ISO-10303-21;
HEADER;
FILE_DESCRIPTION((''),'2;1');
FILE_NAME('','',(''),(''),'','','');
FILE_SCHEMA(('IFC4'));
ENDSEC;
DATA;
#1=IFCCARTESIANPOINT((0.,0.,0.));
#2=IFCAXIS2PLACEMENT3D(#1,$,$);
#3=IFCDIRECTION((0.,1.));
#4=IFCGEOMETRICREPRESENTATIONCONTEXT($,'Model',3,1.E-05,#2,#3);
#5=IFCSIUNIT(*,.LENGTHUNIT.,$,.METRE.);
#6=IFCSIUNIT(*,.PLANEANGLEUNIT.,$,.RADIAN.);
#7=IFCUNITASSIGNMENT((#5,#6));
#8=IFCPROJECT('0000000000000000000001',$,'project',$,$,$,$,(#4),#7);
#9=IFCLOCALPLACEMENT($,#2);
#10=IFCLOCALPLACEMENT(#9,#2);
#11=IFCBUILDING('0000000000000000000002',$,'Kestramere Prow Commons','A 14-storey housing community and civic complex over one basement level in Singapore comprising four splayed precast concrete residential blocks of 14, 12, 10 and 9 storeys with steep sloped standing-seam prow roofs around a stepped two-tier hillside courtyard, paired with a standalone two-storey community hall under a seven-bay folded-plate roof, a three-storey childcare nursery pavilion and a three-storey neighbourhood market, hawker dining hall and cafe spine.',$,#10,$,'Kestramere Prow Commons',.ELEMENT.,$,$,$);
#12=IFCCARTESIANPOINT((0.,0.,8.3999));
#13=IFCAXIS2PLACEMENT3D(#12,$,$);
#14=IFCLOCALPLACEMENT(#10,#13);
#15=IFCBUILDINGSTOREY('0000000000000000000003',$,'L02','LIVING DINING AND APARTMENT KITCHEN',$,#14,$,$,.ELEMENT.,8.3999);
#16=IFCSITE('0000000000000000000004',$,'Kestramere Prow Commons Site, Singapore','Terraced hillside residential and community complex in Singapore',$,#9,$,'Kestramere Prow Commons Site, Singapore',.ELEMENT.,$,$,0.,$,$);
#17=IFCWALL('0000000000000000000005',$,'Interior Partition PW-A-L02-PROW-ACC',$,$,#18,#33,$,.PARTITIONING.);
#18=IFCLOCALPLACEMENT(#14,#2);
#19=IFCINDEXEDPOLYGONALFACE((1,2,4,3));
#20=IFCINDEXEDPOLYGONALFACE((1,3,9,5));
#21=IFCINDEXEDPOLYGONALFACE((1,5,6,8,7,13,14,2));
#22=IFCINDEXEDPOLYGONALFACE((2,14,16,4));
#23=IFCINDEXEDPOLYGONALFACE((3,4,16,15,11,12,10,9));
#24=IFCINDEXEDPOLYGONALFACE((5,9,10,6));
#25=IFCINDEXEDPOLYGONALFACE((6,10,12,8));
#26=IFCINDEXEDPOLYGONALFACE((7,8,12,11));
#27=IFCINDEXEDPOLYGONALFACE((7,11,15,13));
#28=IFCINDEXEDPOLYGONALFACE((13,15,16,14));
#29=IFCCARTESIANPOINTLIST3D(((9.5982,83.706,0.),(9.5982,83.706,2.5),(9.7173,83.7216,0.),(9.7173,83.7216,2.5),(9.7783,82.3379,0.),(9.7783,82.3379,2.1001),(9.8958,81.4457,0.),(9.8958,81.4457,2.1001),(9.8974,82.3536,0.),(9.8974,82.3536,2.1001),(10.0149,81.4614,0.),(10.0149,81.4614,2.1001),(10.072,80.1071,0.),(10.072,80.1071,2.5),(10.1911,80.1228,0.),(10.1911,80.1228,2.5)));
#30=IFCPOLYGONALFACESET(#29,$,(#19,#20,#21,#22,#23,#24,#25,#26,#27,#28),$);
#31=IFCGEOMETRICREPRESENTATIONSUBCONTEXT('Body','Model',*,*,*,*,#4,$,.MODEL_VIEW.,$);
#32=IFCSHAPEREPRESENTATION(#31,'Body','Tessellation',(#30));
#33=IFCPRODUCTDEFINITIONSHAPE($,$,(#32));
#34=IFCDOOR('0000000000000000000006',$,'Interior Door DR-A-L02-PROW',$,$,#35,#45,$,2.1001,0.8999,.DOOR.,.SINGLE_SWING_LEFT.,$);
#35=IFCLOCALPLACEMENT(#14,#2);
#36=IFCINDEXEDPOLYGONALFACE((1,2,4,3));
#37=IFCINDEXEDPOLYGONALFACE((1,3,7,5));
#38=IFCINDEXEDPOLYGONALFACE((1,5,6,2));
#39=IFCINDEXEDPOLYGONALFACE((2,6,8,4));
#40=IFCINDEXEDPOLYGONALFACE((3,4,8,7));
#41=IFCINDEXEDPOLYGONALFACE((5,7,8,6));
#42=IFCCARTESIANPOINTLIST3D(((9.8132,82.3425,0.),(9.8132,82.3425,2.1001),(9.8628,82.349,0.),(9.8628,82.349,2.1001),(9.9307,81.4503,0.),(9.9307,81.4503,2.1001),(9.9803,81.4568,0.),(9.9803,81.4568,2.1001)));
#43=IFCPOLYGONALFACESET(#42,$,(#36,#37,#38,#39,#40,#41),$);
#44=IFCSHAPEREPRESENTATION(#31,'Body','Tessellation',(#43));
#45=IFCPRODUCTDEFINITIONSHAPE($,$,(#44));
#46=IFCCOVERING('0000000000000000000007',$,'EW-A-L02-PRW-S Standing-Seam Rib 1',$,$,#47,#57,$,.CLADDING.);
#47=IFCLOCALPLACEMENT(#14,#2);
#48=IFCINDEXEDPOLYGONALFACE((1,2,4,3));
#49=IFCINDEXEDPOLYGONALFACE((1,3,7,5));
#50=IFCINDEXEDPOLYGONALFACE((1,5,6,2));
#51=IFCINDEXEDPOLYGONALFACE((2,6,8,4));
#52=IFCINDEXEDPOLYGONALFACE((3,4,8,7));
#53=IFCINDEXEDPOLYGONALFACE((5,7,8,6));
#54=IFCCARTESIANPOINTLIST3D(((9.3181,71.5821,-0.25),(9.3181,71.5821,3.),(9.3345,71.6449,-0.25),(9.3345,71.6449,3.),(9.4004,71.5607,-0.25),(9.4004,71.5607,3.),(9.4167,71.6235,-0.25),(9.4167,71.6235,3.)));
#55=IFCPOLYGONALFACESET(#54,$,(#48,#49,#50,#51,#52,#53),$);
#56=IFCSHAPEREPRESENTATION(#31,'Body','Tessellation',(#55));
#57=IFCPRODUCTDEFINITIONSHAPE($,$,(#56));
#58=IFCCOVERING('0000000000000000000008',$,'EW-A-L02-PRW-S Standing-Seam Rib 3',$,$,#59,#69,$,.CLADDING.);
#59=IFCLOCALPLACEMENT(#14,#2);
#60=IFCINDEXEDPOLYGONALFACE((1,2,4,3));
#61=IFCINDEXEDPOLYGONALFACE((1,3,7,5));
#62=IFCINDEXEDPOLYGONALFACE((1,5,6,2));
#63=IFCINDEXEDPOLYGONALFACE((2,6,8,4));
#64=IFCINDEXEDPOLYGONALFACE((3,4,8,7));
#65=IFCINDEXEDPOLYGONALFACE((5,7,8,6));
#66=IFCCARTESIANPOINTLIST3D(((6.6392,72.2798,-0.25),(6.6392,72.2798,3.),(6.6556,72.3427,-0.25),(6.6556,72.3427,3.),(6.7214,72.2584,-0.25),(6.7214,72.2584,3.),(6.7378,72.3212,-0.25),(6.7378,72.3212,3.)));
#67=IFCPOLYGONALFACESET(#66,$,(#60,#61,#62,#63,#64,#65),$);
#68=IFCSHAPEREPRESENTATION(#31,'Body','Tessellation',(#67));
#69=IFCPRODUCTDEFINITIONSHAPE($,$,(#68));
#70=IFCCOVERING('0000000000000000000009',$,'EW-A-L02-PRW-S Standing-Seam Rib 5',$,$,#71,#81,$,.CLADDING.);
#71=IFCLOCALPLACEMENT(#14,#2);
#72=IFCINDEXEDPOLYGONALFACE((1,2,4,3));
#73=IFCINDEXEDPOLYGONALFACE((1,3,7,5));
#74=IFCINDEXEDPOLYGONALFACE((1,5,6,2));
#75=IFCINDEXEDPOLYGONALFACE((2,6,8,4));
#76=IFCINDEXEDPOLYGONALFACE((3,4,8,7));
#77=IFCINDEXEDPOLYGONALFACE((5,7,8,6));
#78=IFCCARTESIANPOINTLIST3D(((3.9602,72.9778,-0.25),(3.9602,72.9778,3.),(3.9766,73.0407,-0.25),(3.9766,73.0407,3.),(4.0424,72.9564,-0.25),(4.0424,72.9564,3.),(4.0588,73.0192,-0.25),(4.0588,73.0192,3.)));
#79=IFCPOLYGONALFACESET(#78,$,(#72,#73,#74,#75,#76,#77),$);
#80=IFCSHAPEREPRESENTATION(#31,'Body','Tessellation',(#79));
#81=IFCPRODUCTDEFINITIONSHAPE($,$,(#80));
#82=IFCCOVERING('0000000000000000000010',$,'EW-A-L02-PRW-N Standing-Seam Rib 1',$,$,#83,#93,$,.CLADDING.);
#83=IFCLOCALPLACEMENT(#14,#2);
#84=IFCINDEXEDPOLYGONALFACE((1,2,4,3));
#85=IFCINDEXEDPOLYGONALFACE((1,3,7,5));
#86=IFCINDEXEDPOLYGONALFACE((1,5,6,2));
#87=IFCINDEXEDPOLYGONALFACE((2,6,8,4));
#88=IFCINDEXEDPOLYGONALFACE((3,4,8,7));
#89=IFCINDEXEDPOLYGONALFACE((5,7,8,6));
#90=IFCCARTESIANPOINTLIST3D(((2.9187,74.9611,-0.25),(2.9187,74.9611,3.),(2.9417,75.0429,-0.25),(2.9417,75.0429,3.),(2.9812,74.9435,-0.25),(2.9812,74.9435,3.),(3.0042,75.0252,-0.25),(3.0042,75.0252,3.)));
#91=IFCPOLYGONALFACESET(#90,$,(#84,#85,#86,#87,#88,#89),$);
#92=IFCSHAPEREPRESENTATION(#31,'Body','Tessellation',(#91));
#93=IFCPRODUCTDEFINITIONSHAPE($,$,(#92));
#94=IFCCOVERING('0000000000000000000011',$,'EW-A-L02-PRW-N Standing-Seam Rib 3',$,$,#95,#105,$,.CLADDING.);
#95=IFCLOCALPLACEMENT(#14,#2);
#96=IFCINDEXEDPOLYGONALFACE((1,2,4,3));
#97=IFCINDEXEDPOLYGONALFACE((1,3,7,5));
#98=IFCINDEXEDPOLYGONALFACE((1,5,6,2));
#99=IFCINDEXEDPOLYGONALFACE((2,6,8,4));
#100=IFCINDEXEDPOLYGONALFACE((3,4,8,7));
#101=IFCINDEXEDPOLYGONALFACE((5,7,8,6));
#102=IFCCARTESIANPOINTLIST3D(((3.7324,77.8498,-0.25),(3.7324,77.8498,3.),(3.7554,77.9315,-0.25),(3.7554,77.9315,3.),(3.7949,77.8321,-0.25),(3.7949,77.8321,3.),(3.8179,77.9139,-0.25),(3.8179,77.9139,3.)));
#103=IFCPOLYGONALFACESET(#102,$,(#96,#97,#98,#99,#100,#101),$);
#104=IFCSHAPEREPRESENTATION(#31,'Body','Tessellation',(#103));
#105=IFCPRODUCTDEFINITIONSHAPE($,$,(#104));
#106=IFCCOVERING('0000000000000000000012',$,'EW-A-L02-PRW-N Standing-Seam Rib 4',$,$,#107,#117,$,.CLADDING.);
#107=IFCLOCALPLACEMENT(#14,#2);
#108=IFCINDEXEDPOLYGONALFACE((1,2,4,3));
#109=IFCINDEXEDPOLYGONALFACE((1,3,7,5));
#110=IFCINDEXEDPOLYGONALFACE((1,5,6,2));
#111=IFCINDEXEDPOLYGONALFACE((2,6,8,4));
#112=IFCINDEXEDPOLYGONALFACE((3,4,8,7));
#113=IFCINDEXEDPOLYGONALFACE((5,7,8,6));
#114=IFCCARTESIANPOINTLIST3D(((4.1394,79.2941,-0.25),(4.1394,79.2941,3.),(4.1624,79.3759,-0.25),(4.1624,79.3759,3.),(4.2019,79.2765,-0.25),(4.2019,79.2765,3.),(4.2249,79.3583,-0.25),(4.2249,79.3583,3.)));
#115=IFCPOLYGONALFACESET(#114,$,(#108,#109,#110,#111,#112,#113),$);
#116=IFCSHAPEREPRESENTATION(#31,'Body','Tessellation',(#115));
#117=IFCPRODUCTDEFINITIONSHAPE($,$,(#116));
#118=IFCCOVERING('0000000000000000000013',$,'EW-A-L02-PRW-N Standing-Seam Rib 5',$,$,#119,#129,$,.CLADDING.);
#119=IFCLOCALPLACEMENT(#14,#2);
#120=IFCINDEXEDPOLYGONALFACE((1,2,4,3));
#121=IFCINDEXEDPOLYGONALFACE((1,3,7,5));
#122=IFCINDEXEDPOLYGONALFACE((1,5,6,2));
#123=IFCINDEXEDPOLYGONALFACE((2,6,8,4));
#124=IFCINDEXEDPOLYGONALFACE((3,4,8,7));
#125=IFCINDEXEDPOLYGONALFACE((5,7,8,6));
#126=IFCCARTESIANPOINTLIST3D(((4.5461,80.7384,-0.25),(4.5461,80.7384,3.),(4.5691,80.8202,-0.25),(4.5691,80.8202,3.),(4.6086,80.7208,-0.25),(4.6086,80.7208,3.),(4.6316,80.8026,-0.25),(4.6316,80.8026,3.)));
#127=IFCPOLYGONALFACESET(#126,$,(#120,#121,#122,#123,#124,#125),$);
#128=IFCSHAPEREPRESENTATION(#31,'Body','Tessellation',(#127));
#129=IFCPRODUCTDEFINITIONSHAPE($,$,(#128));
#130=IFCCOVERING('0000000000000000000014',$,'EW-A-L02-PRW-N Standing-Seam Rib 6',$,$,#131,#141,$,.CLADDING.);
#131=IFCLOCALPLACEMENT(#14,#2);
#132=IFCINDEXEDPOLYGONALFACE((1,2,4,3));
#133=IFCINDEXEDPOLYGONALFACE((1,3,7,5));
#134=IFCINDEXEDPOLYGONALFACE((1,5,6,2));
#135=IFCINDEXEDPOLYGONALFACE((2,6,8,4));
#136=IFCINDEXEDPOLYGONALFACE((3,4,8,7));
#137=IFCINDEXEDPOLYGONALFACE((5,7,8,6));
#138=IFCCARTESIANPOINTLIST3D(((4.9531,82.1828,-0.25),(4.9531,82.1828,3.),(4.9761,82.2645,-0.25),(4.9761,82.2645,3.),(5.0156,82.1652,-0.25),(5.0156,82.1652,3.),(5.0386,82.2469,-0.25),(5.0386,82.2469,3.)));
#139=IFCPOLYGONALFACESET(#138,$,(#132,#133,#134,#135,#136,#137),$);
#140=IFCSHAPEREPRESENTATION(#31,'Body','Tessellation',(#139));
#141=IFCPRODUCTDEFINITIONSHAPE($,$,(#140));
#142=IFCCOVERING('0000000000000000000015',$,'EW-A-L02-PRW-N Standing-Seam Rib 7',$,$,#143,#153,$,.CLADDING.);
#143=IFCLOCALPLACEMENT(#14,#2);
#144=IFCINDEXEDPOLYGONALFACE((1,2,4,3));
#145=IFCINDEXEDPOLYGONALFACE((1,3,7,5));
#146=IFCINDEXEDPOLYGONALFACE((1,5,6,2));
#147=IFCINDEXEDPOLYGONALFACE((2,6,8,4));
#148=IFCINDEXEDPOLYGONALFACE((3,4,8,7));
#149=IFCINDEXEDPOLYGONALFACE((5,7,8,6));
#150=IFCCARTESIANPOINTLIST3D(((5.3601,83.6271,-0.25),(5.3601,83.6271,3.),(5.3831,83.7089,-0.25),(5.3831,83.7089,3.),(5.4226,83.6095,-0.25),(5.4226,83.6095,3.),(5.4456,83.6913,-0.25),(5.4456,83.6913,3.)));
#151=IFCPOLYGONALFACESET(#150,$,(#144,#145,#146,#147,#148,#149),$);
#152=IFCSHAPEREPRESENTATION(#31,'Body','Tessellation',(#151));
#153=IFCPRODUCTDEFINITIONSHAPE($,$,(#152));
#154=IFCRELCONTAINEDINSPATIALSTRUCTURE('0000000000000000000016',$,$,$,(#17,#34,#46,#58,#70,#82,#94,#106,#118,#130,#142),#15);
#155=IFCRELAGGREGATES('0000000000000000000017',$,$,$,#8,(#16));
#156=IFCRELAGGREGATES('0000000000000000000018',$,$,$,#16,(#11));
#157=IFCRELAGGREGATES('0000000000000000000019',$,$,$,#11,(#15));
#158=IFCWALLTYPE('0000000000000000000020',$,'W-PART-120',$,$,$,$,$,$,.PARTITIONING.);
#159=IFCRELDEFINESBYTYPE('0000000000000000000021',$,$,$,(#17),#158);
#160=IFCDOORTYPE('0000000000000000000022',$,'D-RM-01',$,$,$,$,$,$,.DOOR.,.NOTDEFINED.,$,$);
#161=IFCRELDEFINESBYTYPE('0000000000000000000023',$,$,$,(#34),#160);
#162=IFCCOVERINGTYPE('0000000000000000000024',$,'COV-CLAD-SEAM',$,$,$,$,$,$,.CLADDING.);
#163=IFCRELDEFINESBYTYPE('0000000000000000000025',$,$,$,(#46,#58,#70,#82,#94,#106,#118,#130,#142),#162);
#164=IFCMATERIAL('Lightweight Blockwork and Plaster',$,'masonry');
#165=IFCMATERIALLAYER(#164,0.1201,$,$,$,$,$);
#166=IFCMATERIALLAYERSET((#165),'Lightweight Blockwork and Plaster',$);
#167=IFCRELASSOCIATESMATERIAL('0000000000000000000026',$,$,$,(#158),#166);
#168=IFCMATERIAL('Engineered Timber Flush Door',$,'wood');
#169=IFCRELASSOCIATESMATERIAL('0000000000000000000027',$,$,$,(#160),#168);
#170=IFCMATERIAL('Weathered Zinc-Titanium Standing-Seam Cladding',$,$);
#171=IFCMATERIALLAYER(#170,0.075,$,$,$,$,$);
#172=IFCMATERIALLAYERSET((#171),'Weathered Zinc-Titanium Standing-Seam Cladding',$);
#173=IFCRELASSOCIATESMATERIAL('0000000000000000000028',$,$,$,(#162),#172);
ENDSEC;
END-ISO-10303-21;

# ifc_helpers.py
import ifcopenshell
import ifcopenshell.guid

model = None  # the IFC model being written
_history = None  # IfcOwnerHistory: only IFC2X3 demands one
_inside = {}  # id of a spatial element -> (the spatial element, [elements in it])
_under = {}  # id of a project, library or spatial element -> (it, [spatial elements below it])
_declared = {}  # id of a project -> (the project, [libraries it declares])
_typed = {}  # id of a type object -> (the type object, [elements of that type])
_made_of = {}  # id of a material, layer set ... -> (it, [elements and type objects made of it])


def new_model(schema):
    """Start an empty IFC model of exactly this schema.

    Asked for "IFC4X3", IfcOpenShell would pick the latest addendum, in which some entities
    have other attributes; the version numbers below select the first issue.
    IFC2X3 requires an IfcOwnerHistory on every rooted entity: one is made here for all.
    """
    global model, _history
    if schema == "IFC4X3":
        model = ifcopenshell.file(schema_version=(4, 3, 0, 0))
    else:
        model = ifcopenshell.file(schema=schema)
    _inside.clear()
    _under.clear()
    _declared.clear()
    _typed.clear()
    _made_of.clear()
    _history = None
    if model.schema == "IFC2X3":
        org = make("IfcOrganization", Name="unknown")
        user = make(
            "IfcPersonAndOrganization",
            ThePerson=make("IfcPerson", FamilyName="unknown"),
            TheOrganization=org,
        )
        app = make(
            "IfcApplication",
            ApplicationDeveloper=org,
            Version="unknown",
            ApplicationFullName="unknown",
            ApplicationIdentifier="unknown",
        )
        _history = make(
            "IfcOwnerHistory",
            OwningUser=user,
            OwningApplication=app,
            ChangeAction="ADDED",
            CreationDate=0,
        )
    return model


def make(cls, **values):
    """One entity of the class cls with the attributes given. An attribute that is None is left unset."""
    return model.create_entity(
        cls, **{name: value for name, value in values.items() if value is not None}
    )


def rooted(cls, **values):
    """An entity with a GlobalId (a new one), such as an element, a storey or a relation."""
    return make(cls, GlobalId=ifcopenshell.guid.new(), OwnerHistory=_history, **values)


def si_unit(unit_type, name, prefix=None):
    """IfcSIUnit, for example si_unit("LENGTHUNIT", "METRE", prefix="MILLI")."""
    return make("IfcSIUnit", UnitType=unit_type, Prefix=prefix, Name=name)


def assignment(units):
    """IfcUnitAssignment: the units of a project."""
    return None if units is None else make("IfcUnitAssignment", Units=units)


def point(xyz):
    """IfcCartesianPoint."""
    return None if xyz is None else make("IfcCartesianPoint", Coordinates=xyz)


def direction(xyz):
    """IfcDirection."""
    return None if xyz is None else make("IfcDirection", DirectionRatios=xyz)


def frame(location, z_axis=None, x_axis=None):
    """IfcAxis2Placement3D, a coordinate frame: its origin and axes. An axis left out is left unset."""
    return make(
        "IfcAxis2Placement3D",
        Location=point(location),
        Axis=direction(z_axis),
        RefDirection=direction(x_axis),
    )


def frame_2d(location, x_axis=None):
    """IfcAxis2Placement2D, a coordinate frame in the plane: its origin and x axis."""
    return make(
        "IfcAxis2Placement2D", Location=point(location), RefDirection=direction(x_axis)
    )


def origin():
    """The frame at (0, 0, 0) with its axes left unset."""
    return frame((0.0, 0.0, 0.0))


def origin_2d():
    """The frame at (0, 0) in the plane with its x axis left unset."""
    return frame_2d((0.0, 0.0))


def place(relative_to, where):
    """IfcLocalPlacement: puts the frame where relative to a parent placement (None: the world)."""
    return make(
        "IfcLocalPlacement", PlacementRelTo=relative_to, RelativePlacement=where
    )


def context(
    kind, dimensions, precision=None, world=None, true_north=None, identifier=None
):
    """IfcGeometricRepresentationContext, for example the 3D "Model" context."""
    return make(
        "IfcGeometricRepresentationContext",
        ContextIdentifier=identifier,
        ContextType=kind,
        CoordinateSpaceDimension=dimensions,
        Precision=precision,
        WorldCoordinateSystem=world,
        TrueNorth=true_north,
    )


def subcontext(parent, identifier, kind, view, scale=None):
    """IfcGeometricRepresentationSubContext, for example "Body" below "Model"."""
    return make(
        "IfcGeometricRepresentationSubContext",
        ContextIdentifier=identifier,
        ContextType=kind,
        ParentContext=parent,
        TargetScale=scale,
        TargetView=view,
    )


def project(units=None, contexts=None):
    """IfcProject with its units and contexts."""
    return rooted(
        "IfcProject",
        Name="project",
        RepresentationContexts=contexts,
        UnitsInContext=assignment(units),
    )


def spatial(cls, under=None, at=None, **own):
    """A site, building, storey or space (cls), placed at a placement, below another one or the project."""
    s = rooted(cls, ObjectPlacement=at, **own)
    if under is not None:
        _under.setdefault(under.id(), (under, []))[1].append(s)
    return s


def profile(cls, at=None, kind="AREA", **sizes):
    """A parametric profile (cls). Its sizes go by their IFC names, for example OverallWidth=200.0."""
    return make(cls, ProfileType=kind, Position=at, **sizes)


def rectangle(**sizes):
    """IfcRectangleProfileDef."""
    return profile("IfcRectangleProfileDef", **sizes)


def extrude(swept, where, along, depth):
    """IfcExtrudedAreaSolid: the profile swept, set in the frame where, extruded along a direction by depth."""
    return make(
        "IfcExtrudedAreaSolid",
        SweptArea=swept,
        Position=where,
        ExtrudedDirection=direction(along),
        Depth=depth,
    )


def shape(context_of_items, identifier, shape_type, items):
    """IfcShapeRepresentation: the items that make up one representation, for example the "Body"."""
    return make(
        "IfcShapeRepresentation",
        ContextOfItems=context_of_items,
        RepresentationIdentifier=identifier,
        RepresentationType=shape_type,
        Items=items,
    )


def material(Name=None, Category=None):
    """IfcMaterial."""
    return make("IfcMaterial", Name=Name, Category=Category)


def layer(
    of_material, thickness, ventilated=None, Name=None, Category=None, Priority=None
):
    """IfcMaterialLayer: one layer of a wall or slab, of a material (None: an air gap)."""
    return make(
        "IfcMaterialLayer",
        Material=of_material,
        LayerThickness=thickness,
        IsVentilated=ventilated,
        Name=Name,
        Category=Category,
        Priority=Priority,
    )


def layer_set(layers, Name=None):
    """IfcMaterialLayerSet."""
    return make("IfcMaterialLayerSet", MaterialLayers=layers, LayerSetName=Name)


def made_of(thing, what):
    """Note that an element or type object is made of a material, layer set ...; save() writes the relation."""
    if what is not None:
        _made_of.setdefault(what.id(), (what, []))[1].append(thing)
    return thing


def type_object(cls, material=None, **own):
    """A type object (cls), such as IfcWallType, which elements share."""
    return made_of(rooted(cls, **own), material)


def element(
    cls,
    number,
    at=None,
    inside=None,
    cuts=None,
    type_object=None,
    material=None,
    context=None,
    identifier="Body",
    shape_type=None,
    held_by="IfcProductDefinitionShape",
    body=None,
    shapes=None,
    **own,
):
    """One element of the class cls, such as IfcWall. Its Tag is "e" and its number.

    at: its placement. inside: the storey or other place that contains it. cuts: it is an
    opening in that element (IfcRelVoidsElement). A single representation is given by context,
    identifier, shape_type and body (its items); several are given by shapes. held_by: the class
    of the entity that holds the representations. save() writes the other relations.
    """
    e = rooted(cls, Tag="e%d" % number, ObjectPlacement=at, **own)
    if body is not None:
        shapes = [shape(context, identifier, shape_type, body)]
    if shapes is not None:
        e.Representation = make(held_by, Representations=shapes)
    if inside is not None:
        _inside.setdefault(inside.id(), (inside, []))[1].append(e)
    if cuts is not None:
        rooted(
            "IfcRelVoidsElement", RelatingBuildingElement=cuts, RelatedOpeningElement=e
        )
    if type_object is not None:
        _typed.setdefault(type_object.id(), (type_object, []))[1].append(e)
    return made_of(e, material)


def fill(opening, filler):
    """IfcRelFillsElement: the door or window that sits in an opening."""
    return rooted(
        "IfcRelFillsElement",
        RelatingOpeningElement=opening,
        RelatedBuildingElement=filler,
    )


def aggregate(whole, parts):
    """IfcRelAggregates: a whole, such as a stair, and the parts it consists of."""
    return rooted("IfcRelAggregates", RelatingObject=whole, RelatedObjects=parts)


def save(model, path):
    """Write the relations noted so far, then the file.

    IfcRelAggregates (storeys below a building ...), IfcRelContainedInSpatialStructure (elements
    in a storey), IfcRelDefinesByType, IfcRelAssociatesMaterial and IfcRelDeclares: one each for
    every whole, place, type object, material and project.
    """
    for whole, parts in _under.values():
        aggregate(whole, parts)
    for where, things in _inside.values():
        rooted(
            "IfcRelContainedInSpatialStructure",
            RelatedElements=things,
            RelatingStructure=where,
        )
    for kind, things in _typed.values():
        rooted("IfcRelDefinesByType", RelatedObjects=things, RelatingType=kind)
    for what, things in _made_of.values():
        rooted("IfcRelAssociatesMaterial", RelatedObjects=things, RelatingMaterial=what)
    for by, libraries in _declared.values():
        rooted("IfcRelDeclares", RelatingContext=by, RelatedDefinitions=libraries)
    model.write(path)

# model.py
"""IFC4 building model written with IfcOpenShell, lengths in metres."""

from ifc_helpers import new_model, si_unit, direction, frame, frame_2d, origin, origin_2d, place, context, subcontext, project, spatial, rectangle, extrude, material, layer, layer_set, type_object, element, fill, save


model = new_model("IFC4")

# Units and contexts
model_context = context("Model", 3, precision=1e-05, world=origin(), true_north=direction((0.0, 1.0)))
body_context = subcontext(model_context, "Body", "Model", "MODEL_VIEW")
ifc_project = project(units=[si_unit("LENGTHUNIT", "METRE"), si_unit("PLANEANGLEUNIT", "RADIAN")], contexts=[model_context])

# Site, building, storey
site_placement = place(None, origin())
site = spatial("IfcSite", under=ifc_project, at=site_placement, Name="Kestramere Prow Commons Site, Singapore", Description="Terraced hillside residential and community complex in Singapore", LongName="Kestramere Prow Commons Site, Singapore", CompositionType="ELEMENT", RefElevation=0.0)
building_placement = place(site_placement, origin())
building = spatial("IfcBuilding", under=site, at=building_placement, Name="Kestramere Prow Commons", Description="A 14-storey housing community and civic complex over one basement level in Singapore comprising four splayed precast concrete residential blocks of 14, 12, 10 and 9 storeys with steep sloped standing-seam prow roofs around a stepped two-tier hillside courtyard, paired with a standalone two-storey community hall under a seven-bay folded-plate roof, a three-storey childcare nursery pavilion and a three-storey neighbourhood market, hawker dining hall and cafe spine.", LongName="Kestramere Prow Commons", CompositionType="ELEMENT")
storey_placement = place(building_placement, frame((0.0, 0.0, 8.3999)))
storey = spatial("IfcBuildingStorey", under=building, at=storey_placement, Name="L02", Description="LIVING DINING AND APARTMENT KITCHEN", CompositionType="ELEMENT", Elevation=8.3999)

# Shared definitions
ifc_material_1 = material(Name="Weathered Zinc-Titanium Standing-Seam Cladding")

# Wall, opening, door
ifc_material_2 = material(Name="Lightweight Blockwork and Plaster", Category="masonry")
ifc_layer_1 = layer(ifc_material_2, 0.1201)
ifc_layer_set_1 = layer_set([ifc_layer_1], Name="Lightweight Blockwork and Plaster")
wall_type_1 = type_object("IfcWallType", Name="W-PART-120", PredefinedType="PARTITIONING", material=ifc_layer_set_1)
wall_1_placement = place(storey_placement, frame((10.1316, 80.115, 0.0), z_axis=(0.0, 0.0, 1.0), x_axis=(-0.130547, 0.991442, 0.0)))
wall_1 = element("IfcWall", 1, at=wall_1_placement, inside=storey, type_object=wall_type_1, Name="Interior Partition PW-A-L02-PROW-ACC", PredefinedType="PARTITIONING", context=body_context, shape_type="SweptSolid", body=[
    extrude(rectangle(XDim=3.6299, YDim=0.1201, at=frame_2d((1.8149, 0.0))), origin(), (0.0, 0.0, 1.0), 2.5),
])
opening_1_placement = place(wall_1_placement, frame((1.3501, 0.0, 0.0)))
opening_1 = element("IfcOpeningElement", 2, at=opening_1_placement, cuts=wall_1, PredefinedType="OPENING", context=body_context, shape_type="SweptSolid", body=[
    extrude(rectangle(XDim=0.8999, YDim=2.1001, at=frame_2d((0.45, 1.05))), frame((0.0, 0.075, 0.0), z_axis=(0.0, -1.0, 0.0), x_axis=(1.0, 0.0, 0.0)), (0.0, 0.0, 1.0), 0.1501),
])
ifc_material_3 = material(Name="Engineered Timber Flush Door", Category="wood")
door_type_1 = type_object("IfcDoorType", Name="D-RM-01", OperationType="NOTDEFINED", PredefinedType="DOOR", material=ifc_material_3)
door_1_placement = place(opening_1_placement, origin())
door_1 = element("IfcDoor", 3, at=door_1_placement, inside=storey, type_object=door_type_1, Name="Interior Door DR-A-L02-PROW", OperationType="SINGLE_SWING_LEFT", OverallHeight=2.1001, OverallWidth=0.8999, PredefinedType="DOOR", context=body_context, shape_type="SweptSolid", body=[
    extrude(rectangle(XDim=0.8999, YDim=2.1001, at=frame_2d((0.45, 1.05))), frame((0.0, 0.0249, 0.0), z_axis=(0.0, -1.0, 0.0), x_axis=(1.0, 0.0, 0.0)), (0.0, 0.0, 1.0), 0.05),
])
fill(opening_1, door_1)

# Coverings
ifc_layer_2 = layer(ifc_material_1, 0.075)
ifc_layer_set_2 = layer_set([ifc_layer_2], Name="Weathered Zinc-Titanium Standing-Seam Cladding")
covering_type = type_object("IfcCoveringType", Name="COV-CLAD-SEAM", PredefinedType="CLADDING", material=ifc_layer_set_2)
for number, where, z_axis, x_axis, name in (
    (4, (9.3674, 71.6028, -0.25), (0.0, 0.0, 1.0), (-0.967698, 0.252112, 0.0), "EW-A-L02-PRW-S Standing-Seam Rib 1"),
    (5, (6.6885, 72.3005, -0.25), (0.0, 0.0, 1.0), (-0.967698, 0.252112, 0.0), "EW-A-L02-PRW-S Standing-Seam Rib 3"),
    (6, (4.0095, 72.9985, -0.25), (0.0, 0.0, 1.0), (-0.967698, 0.252112, 0.0), "EW-A-L02-PRW-S Standing-Seam Rib 5"),
    (7, (2.9614, 74.9932, -0.25), (0.0, 0.0, 1.0), (0.27116, 0.962534, 0.0), "EW-A-L02-PRW-N Standing-Seam Rib 1"),
    (8, (3.7751, 77.8818, -0.25), (0.0, 0.0, 1.0), (0.27116, 0.962534, 0.0), "EW-A-L02-PRW-N Standing-Seam Rib 3"),
    (9, (4.1821, 79.3262, -0.25), (0.0, 0.0, 1.0), (0.27116, 0.962534, 0.0), "EW-A-L02-PRW-N Standing-Seam Rib 4"),
    (10, (4.5889, 80.7705, -0.25), (0.0, 0.0, 1.0), (0.27116, 0.962534, 0.0), "EW-A-L02-PRW-N Standing-Seam Rib 5"),
    (11, (4.9958, 82.2148, -0.25), (0.0, 0.0, 1.0), (0.27116, 0.962534, 0.0), "EW-A-L02-PRW-N Standing-Seam Rib 6"),
    (12, (5.4028, 83.6592, -0.25), (0.0, 0.0, 1.0), (0.27116, 0.962534, 0.0), "EW-A-L02-PRW-N Standing-Seam Rib 7"),
):
    element("IfcCovering", number, at=place(storey_placement, frame(where, z_axis=z_axis, x_axis=x_axis)), inside=storey, type_object=covering_type, Name=name, PredefinedType="CLADDING", context=body_context, shape_type="SweptSolid", body=[
        extrude(rectangle(XDim=0.085, YDim=0.0649, at=origin_2d()), origin(), (0.0, 0.0, 1.0), 3.25),
    ])

save(model, "model.ifc")
